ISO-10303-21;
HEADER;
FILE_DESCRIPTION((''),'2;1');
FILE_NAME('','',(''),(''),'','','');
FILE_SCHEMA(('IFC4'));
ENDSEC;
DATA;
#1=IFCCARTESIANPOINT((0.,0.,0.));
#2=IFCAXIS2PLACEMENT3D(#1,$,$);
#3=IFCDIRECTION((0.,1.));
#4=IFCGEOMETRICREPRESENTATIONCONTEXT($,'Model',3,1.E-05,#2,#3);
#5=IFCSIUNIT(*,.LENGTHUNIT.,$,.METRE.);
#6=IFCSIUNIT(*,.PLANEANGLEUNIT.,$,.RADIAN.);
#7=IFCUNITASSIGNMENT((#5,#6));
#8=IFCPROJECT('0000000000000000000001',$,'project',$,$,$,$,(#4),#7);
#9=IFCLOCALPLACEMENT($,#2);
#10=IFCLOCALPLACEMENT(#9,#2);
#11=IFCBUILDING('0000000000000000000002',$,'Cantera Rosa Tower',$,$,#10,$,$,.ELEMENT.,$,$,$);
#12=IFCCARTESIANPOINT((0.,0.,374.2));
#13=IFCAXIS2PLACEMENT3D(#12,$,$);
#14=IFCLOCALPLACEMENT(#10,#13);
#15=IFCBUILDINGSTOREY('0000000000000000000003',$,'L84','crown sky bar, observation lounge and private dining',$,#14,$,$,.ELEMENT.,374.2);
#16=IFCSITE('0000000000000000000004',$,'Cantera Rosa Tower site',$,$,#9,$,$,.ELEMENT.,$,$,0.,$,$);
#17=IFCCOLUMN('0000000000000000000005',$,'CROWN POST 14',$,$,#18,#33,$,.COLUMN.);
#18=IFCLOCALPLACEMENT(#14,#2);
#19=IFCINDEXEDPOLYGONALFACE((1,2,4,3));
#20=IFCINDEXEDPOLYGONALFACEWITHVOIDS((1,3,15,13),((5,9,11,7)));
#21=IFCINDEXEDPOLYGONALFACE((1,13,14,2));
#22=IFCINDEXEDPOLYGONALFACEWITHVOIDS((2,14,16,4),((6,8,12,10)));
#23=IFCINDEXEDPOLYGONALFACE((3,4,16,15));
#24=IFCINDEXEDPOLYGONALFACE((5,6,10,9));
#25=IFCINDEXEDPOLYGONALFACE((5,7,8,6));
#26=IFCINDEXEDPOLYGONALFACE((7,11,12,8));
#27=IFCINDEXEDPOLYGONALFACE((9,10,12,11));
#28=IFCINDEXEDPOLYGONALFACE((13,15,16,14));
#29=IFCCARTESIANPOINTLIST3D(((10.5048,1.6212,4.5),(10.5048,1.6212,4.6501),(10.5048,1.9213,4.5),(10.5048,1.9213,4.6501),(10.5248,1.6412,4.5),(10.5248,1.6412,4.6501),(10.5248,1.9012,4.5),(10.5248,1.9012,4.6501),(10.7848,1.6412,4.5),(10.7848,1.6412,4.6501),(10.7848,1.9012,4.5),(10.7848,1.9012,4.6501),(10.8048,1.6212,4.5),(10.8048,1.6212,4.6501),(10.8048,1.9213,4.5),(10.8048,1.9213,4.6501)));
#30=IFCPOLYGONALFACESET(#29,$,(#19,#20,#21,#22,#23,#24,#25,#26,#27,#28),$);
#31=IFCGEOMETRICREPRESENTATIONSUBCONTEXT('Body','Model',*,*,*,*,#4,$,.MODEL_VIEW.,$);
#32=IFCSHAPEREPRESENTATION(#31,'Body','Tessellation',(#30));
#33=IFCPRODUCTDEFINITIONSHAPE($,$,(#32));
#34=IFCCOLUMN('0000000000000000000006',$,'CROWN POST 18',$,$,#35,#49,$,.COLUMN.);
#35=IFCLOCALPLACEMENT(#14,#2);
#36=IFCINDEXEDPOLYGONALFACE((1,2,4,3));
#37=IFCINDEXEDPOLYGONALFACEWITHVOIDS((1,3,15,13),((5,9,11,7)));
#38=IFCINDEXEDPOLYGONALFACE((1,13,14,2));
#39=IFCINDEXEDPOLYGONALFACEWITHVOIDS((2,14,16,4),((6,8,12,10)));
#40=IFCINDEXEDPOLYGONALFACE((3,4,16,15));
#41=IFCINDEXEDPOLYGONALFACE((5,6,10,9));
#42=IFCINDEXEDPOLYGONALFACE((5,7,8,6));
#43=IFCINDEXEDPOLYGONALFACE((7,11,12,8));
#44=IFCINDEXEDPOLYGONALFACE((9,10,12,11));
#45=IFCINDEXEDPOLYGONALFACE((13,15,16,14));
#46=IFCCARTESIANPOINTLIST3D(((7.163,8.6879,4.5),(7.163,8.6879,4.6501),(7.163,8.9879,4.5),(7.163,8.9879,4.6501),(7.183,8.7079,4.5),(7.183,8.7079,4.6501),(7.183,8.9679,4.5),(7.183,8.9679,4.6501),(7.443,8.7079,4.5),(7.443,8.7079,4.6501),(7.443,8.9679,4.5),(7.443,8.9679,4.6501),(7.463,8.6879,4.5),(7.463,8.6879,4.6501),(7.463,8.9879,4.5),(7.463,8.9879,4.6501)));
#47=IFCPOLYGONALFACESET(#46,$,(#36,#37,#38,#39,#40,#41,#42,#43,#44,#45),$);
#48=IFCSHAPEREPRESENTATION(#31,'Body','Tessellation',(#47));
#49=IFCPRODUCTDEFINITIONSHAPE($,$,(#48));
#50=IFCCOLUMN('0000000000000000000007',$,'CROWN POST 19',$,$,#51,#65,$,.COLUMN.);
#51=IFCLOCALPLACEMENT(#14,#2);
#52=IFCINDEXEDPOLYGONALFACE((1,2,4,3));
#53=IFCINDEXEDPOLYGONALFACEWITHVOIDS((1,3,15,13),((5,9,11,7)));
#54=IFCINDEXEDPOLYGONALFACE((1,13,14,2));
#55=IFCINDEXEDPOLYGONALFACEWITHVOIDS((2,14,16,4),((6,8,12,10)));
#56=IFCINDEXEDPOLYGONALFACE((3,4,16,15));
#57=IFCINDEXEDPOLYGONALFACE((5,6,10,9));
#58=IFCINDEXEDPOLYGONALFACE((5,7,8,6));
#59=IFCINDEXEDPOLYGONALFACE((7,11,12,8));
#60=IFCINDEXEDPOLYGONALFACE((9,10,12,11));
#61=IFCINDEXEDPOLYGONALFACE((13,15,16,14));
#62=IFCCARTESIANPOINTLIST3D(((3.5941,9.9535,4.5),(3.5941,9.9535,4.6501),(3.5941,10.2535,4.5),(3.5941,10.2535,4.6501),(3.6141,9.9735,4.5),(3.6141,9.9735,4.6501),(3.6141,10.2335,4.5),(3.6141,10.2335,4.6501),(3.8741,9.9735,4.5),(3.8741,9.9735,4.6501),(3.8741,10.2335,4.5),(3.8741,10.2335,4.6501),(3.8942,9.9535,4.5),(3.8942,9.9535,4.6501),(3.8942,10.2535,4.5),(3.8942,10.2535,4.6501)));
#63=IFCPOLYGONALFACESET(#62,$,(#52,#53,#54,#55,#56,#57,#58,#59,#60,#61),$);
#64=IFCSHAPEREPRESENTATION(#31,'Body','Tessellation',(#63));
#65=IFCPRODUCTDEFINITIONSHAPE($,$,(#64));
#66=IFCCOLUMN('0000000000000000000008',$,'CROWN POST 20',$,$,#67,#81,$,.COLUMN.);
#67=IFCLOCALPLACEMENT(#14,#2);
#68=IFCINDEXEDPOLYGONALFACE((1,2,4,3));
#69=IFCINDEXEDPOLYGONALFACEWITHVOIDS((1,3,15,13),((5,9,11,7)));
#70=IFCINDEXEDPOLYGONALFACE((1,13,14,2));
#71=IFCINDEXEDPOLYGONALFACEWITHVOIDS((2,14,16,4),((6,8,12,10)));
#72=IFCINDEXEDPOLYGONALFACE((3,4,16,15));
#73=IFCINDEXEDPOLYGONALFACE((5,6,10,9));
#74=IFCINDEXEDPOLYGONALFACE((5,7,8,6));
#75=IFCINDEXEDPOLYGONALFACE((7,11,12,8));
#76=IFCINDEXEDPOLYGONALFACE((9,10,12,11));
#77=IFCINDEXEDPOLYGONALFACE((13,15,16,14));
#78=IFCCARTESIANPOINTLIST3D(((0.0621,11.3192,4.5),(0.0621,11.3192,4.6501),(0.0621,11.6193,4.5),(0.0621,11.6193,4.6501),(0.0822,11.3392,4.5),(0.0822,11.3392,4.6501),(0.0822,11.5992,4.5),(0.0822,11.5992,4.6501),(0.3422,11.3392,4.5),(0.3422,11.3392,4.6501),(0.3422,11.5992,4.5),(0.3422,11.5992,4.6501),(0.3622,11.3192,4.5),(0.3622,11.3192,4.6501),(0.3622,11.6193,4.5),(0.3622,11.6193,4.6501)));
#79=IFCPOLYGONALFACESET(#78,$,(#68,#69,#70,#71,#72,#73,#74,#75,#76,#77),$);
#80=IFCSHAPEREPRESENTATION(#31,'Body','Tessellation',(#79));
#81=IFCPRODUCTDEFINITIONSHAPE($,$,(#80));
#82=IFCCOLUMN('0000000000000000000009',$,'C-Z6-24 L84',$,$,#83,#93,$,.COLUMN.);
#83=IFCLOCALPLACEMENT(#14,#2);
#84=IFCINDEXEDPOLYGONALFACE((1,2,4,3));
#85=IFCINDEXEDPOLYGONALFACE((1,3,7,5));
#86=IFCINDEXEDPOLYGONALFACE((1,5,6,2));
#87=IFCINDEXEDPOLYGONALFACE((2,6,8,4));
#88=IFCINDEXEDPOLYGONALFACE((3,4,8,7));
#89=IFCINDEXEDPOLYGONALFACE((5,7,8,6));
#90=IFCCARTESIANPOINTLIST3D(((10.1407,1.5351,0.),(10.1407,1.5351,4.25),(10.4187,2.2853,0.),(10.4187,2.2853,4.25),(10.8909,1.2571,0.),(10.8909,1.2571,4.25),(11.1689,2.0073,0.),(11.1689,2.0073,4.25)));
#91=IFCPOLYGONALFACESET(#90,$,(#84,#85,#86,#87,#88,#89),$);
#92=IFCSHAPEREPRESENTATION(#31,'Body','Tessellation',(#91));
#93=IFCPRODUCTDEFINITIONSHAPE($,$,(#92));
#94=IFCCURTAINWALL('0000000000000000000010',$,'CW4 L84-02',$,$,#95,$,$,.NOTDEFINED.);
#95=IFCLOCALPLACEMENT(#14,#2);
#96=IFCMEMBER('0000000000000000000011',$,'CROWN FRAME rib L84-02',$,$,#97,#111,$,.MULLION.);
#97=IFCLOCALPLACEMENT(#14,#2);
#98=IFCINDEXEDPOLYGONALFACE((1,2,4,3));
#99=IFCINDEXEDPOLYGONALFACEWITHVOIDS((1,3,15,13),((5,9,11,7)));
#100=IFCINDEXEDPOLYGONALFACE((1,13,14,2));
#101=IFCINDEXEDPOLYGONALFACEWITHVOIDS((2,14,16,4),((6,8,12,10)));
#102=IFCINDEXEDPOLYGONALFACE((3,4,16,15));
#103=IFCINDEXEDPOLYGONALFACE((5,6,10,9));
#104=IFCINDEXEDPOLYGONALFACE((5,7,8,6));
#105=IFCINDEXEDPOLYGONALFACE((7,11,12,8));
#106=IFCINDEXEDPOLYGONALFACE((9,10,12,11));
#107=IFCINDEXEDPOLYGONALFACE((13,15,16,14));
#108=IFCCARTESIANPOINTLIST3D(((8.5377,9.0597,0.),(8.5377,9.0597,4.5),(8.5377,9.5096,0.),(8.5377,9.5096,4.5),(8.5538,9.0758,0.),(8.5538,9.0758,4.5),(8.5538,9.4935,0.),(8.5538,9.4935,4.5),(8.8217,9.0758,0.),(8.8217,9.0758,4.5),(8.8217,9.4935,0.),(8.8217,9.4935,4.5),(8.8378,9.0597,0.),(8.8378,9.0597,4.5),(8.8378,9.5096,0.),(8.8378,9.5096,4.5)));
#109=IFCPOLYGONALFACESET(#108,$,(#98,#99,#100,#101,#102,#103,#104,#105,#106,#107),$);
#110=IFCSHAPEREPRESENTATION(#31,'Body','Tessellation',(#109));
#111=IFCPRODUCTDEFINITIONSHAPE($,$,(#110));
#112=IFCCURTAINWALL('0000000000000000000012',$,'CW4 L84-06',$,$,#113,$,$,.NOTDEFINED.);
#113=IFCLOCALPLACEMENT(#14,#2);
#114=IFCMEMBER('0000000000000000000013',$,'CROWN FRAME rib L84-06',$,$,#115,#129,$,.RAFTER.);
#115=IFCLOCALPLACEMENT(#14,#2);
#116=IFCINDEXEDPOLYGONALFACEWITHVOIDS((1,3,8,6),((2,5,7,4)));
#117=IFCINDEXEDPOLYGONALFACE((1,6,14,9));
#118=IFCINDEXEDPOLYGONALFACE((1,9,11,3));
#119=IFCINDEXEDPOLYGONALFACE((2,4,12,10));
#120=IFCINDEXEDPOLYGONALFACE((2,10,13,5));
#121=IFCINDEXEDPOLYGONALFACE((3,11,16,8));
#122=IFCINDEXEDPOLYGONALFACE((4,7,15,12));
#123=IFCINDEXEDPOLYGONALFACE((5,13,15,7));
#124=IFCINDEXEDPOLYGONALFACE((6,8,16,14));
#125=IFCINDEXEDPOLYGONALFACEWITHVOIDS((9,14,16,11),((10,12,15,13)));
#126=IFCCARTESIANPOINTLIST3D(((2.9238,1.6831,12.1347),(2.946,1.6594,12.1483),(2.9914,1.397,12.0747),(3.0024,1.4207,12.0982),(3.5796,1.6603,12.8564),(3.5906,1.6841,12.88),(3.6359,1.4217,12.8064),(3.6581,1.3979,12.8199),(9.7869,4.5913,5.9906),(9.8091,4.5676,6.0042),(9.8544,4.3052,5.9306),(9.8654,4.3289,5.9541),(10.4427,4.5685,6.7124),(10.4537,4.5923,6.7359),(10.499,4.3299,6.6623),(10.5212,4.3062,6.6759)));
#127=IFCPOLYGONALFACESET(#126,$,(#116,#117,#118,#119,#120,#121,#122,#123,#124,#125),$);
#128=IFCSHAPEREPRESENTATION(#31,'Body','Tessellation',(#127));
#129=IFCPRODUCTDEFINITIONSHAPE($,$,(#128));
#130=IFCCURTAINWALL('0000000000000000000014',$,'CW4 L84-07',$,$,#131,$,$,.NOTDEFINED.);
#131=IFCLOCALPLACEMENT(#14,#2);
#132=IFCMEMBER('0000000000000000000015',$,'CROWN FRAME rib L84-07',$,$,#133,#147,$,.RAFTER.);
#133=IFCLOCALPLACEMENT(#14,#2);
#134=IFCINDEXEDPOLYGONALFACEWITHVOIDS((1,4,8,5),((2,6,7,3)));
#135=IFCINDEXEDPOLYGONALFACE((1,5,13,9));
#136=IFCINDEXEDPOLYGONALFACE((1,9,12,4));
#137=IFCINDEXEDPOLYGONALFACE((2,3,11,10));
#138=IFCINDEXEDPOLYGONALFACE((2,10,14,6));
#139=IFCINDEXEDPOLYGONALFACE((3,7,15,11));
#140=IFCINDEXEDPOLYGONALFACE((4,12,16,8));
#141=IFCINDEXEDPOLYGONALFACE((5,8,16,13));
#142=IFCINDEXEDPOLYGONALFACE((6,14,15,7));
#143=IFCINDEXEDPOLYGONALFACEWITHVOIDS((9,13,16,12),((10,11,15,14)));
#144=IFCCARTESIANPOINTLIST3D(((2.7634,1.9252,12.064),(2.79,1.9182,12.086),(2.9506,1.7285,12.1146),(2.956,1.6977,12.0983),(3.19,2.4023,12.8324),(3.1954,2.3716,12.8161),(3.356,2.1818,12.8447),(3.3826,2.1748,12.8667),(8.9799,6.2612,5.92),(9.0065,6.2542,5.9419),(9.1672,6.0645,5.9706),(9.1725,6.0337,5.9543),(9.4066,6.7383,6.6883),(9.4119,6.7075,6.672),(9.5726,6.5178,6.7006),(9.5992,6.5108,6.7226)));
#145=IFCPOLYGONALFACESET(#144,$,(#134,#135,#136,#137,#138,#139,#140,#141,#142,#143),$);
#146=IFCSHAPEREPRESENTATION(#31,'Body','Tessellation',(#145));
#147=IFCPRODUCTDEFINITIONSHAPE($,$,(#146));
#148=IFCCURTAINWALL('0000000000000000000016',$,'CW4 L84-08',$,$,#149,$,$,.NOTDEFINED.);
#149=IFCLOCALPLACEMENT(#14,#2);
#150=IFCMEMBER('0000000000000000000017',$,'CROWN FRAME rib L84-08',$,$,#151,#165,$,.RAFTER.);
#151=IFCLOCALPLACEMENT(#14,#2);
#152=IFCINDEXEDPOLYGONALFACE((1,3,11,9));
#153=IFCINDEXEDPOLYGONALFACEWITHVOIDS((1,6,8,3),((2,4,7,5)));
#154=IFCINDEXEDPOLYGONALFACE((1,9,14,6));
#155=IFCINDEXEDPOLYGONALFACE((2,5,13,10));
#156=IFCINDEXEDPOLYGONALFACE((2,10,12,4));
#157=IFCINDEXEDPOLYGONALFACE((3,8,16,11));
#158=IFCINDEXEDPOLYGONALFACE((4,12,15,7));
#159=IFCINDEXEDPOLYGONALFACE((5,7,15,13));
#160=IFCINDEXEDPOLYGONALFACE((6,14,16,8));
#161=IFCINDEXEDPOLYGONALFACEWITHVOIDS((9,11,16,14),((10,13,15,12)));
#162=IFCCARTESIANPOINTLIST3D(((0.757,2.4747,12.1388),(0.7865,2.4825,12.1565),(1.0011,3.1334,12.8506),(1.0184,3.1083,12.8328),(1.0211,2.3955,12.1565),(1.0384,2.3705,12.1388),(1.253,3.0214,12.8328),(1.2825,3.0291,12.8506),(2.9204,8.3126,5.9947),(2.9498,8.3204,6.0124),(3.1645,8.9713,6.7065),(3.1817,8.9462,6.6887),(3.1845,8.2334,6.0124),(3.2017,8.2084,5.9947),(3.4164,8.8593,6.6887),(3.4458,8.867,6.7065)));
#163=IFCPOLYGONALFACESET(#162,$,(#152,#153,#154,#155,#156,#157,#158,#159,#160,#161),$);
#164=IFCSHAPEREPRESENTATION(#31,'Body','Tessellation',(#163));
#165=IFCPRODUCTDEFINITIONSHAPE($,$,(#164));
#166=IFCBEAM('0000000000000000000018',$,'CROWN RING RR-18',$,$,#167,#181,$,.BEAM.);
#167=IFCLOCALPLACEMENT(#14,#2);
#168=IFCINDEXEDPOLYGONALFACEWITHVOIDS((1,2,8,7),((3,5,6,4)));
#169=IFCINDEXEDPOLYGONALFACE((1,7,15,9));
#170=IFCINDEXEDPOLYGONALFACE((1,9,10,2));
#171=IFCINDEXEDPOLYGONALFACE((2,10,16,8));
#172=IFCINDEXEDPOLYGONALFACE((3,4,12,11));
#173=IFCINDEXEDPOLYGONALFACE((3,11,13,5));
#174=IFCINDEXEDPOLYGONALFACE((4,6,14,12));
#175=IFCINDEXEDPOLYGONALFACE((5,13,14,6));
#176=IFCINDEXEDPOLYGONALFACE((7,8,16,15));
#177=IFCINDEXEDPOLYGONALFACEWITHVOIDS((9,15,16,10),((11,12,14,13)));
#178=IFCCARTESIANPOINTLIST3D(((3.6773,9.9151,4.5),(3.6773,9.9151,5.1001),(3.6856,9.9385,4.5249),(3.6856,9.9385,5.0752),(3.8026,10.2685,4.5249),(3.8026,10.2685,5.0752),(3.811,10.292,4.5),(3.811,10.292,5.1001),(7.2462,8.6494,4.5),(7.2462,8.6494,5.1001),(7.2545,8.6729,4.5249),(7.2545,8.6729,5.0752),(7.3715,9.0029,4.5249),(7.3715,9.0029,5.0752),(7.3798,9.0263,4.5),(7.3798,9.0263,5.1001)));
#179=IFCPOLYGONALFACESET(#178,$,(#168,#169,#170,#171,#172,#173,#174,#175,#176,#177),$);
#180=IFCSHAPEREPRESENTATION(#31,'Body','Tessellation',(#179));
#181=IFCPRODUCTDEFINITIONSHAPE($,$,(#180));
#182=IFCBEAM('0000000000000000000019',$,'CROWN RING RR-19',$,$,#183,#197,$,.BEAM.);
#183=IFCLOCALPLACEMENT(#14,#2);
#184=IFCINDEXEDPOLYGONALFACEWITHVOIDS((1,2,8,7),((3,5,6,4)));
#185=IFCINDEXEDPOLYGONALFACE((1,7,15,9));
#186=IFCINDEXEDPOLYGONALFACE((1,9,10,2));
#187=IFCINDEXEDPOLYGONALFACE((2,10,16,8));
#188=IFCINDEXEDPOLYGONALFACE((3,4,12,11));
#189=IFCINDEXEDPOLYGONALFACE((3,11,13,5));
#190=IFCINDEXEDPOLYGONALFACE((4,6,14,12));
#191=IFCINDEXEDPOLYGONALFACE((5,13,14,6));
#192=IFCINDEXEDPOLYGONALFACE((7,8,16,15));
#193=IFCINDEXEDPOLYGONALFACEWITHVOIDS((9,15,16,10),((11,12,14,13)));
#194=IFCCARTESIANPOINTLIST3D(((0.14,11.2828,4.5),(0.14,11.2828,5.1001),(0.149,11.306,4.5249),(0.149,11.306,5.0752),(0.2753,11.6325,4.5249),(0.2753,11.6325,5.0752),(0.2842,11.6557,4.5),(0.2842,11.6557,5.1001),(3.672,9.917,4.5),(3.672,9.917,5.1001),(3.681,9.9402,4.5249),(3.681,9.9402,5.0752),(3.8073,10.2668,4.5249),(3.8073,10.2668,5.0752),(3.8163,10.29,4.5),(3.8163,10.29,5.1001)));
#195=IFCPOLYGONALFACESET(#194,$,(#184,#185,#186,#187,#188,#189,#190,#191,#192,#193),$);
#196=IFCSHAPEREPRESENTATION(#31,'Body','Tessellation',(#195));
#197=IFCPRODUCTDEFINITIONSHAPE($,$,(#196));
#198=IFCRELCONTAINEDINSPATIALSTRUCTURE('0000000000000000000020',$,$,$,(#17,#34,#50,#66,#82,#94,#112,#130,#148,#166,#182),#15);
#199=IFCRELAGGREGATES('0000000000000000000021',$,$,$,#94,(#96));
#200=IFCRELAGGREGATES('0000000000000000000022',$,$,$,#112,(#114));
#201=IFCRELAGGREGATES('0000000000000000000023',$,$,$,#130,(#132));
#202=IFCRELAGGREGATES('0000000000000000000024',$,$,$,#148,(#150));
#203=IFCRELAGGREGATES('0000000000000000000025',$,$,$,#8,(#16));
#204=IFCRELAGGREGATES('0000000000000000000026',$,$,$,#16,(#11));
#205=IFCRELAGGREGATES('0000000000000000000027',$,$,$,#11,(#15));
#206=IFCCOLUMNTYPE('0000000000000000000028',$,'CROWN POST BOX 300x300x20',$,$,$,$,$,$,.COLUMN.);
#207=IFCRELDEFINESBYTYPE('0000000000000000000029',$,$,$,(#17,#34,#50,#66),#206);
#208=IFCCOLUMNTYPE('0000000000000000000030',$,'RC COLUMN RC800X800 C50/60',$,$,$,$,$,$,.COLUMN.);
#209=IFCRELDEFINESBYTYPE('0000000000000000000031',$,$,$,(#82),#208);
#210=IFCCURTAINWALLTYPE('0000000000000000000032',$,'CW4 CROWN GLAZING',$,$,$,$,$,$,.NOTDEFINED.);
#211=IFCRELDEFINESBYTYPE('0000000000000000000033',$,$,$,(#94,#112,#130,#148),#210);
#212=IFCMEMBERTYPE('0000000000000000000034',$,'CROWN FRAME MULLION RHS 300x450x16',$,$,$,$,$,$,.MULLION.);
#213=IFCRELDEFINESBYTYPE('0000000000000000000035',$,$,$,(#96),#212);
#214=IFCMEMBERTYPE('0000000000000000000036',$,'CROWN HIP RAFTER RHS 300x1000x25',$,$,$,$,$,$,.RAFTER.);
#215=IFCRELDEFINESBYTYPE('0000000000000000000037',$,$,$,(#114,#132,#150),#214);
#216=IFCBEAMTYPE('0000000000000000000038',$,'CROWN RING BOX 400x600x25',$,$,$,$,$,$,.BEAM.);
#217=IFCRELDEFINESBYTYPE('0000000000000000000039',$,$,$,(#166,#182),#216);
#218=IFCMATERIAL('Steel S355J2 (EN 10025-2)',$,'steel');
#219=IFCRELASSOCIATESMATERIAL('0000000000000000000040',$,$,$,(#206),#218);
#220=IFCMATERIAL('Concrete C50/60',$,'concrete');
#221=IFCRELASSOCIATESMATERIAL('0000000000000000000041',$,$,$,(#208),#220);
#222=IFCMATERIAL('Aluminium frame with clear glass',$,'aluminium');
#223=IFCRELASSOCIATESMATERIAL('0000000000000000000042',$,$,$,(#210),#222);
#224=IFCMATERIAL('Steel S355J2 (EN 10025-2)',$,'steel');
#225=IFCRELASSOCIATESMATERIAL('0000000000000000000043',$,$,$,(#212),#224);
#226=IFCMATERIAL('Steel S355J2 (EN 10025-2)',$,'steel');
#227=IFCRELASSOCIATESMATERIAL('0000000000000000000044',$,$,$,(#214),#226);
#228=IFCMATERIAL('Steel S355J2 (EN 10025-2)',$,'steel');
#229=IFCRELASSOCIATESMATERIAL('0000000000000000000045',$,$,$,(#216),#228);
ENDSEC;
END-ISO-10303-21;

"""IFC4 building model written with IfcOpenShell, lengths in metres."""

from ifc_helpers import new_model, si_unit, direction, frame, origin, origin_2d, place, context, subcontext, project, spatial, rectangle, hollow_rectangle, extrude, material, material_profile, profile_set, type_object, element, aggregate, save


model = new_model("IFC4")

# Units and contexts
model_context = context("Model", 3, precision=1e-05, world=origin(), true_north=direction((0.0, 1.0)))
body_context = subcontext(model_context, "Body", "Model", "MODEL_VIEW")
ifc_project = project(units=[si_unit("LENGTHUNIT", "METRE"), si_unit("PLANEANGLEUNIT", "RADIAN")], contexts=[model_context])

# Site, building, storey
site_placement = place(None, origin())
site = spatial("IfcSite", under=ifc_project, at=site_placement, Name="Cantera Rosa Tower site", CompositionType="ELEMENT", RefElevation=0.0)
building_placement = place(site_placement, origin())
building = spatial("IfcBuilding", under=site, at=building_placement, Name="Cantera Rosa Tower", CompositionType="ELEMENT")
storey_placement = place(building_placement, frame((0.0, 0.0, 374.2)))
storey = spatial("IfcBuildingStorey", under=building, at=storey_placement, Name="L84", Description="crown sky bar, observation lounge and private dining", CompositionType="ELEMENT", Elevation=374.2)

# Columns
ifc_material_1 = material(Name="Steel S355J2 (EN 10025-2)", Category="steel")
ifc_material_profile_1 = material_profile(ifc_material_1, hollow_rectangle(XDim=0.3, YDim=0.3, WallThickness=0.02, at=origin_2d()), Name="CROWN POST BOX 300x300x20")
ifc_profile_set_1 = profile_set([ifc_material_profile_1], Name="Steel S355J2 (EN 10025-2)")
column_type_1 = type_object("IfcColumnType", Name="CROWN POST BOX 300x300x20", PredefinedType="COLUMN", material=ifc_profile_set_1)
for number, where, z_axis, x_axis, name in (
    (1, (10.6548, 1.7712, 4.5), (0.0, 0.0, 1.0), (1.0, 0.0, 0.0), "CROWN POST 14"),
    (2, (7.313, 8.8379, 4.5), (0.0, 0.0, 1.0), (1.0, 0.0, 0.0), "CROWN POST 18"),
    (3, (3.7441, 10.1035, 4.5), (0.0, 0.0, 1.0), (1.0, 0.0, 0.0), "CROWN POST 19"),
    (4, (0.2122, 11.4692, 4.5), (0.0, 0.0, 1.0), (1.0, 0.0, 0.0), "CROWN POST 20"),
):
    element("IfcColumn", number, at=place(storey_placement, frame(where, z_axis=z_axis, x_axis=x_axis)), inside=storey, type_object=column_type_1, Name=name, PredefinedType="COLUMN", context=body_context, shape_type="SweptSolid", body=[
        extrude(hollow_rectangle(XDim=0.3, YDim=0.3, WallThickness=0.02, at=origin_2d()), origin(), (0.0, 0.0, 1.0), 0.1501),
    ])
ifc_material_2 = material(Name="Concrete C50/60", Category="concrete")
ifc_material_profile_2 = material_profile(ifc_material_2, rectangle(XDim=0.8, YDim=0.8, at=origin_2d()), Name="RC COLUMN RC800X800 C50/60")
ifc_profile_set_2 = profile_set([ifc_material_profile_2], Name="Concrete C50/60")
column_type_2 = type_object("IfcColumnType", Name="RC COLUMN RC800X800 C50/60", PredefinedType="COLUMN", material=ifc_profile_set_2)
column_placement = place(storey_placement, frame((10.6548, 1.7712, 0.0), z_axis=(0.0, 0.0, 1.0), x_axis=(0.347481, 0.937687, 0.0)))
element("IfcColumn", 5, at=column_placement, inside=storey, type_object=column_type_2, Name="C-Z6-24 L84", PredefinedType="COLUMN", context=body_context, shape_type="SweptSolid", body=[
    extrude(rectangle(XDim=0.8, YDim=0.8, at=origin_2d()), origin(), (0.0, 0.0, 1.0), 4.25),
])

# Curtain walls, members
ifc_material_3 = material(Name="Aluminium frame with clear glass", Category="aluminium")
curtain_wall_type = type_object("IfcCurtainWallType", Name="CW4 CROWN GLAZING", PredefinedType="NOTDEFINED", material=ifc_material_3)
curtain_wall_1_placement = place(storey_placement, origin())
curtain_wall_1 = element("IfcCurtainWall", 6, at=curtain_wall_1_placement, inside=storey, type_object=curtain_wall_type, Name="CW4 L84-02", PredefinedType="NOTDEFINED")
ifc_material_4 = material(Name="Steel S355J2 (EN 10025-2)", Category="steel")
ifc_material_profile_3 = material_profile(ifc_material_4, hollow_rectangle(XDim=0.3, YDim=0.45, WallThickness=0.0161, at=origin_2d()), Name="CROWN FRAME MULLION RHS 300x450x16")
ifc_profile_set_3 = profile_set([ifc_material_profile_3], Name="Steel S355J2 (EN 10025-2)")
member_type_1 = type_object("IfcMemberType", Name="CROWN FRAME MULLION RHS 300x450x16", PredefinedType="MULLION", material=ifc_profile_set_3)
member_1_placement = place(storey_placement, frame((8.6877, 9.2847, 0.0), z_axis=(0.0, 0.0, 1.0), x_axis=(1.0, 0.0, 0.0)))
member_1 = element("IfcMember", 7, at=member_1_placement, type_object=member_type_1, Name="CROWN FRAME rib L84-02", PredefinedType="MULLION", context=body_context, shape_type="SweptSolid", body=[
    extrude(hollow_rectangle(XDim=0.3, YDim=0.45, WallThickness=0.0161, at=origin_2d()), origin(), (0.0, 0.0, 1.0), 4.5),
])
aggregate(curtain_wall_1, [member_1])
curtain_wall_2_placement = place(storey_placement, origin())
curtain_wall_2 = element("IfcCurtainWall", 8, at=curtain_wall_2_placement, inside=storey, type_object=curtain_wall_type, Name="CW4 L84-06", PredefinedType="NOTDEFINED")
ifc_material_5 = material(Name="Steel S355J2 (EN 10025-2)", Category="steel")
ifc_material_profile_4 = material_profile(ifc_material_5, hollow_rectangle(XDim=0.3, YDim=1.0, WallThickness=0.0249, at=origin_2d()), Name="CROWN HIP RAFTER RHS 300x1000x25")
ifc_profile_set_4 = profile_set([ifc_material_profile_4], Name="Steel S355J2 (EN 10025-2)")
member_type_2 = type_object("IfcMemberType", Name="CROWN HIP RAFTER RHS 300x1000x25", PredefinedType="RAFTER", material=ifc_profile_set_4)
member_2_placement = place(storey_placement, frame((10.1541, 4.4487, 6.3333), z_axis=(-0.710488, -0.301068, 0.636055), x_axis=(-0.225007, 0.953602, 0.200037)))
member_2 = element("IfcMember", 9, at=member_2_placement, type_object=member_type_2, Name="CROWN FRAME rib L84-06", PredefinedType="RAFTER", context=body_context, shape_type="SweptSolid", body=[
    extrude(hollow_rectangle(XDim=0.3, YDim=1.0, WallThickness=0.0249, at=origin_2d()), origin(), (0.0, 0.0, 1.0), 9.6597),
])
curtain_wall_3_placement = place(storey_placement, origin())
curtain_wall_3 = element("IfcCurtainWall", 10, at=curtain_wall_3_placement, inside=storey, type_object=curtain_wall_type, Name="CW4 L84-07", PredefinedType="NOTDEFINED")
member_3_placement = place(storey_placement, frame((9.2896, 6.386, 6.3213), z_axis=(-0.637151, -0.444402, 0.629719), x_axis=(-0.641892, 0.758215, -0.114385)))
member_3 = element("IfcMember", 11, at=member_3_placement, type_object=member_type_2, Name="CROWN FRAME rib L84-07", PredefinedType="RAFTER", context=body_context, shape_type="SweptSolid", body=[
    extrude(hollow_rectangle(XDim=0.3, YDim=1.0, WallThickness=0.0249, at=origin_2d()), origin(), (0.0, 0.0, 1.0), 9.7568),
])
curtain_wall_4_placement = place(storey_placement, origin())
curtain_wall_4 = element("IfcCurtainWall", 12, at=curtain_wall_4_placement, inside=storey, type_object=curtain_wall_type, Name="CW4 L84-08", PredefinedType="NOTDEFINED")
member_4_placement = place(storey_placement, frame((3.1831, 8.5898, 6.3506), z_axis=(-0.247322, -0.667415, 0.702416), x_axis=(-0.937689, 0.347477, 0.0)))
member_4 = element("IfcMember", 13, at=member_4_placement, type_object=member_type_2, Name="CROWN FRAME rib L84-08", PredefinedType="RAFTER", context=body_context, shape_type="SweptSolid", body=[
    extrude(hollow_rectangle(XDim=0.3, YDim=1.0, WallThickness=0.0249, at=origin_2d()), origin(), (0.0, 0.0, 1.0), 8.7471),
])

# Beams
ifc_material_6 = material(Name="Steel S355J2 (EN 10025-2)", Category="steel")
ifc_material_profile_5 = material_profile(ifc_material_6, hollow_rectangle(XDim=0.3999, YDim=0.6001, WallThickness=0.0249, at=origin_2d()), Name="CROWN RING BOX 400x600x25")
ifc_profile_set_5 = profile_set([ifc_material_profile_5], Name="Steel S355J2 (EN 10025-2)")
beam_type_1 = type_object("IfcBeamType", Name="CROWN RING BOX 400x600x25", PredefinedType="BEAM", material=ifc_profile_set_5)
beam_1_placement = place(storey_placement, frame((7.313, 8.8379, 4.8), z_axis=(-0.942489, 0.334236, 0.0), x_axis=(-0.334236, -0.942489, 0.0)))
element("IfcBeam", 14, at=beam_1_placement, inside=storey, type_object=beam_type_1, Name="CROWN RING RR-18", PredefinedType="BEAM", context=body_context, shape_type="SweptSolid", body=[
    extrude(hollow_rectangle(XDim=0.3999, YDim=0.6001, WallThickness=0.0249, at=origin_2d()), origin(), (0.0, 0.0, 1.0), 3.7866),
])
beam_2_placement = place(storey_placement, frame((3.7441, 10.1035, 4.8), z_axis=(-0.932701, 0.36065, 0.0), x_axis=(-0.36065, -0.932701, 0.0)))
element("IfcBeam", 15, at=beam_2_placement, inside=storey, type_object=beam_type_1, Name="CROWN RING RR-19", PredefinedType="BEAM", context=body_context, shape_type="SweptSolid", body=[
    extrude(hollow_rectangle(XDim=0.3999, YDim=0.6001, WallThickness=0.0249, at=origin_2d()), origin(), (0.0, 0.0, 1.0), 3.7869),
])

aggregate(curtain_wall_2, [member_2])
aggregate(curtain_wall_3, [member_3])
aggregate(curtain_wall_4, [member_4])

save(model, "model.ifc")
